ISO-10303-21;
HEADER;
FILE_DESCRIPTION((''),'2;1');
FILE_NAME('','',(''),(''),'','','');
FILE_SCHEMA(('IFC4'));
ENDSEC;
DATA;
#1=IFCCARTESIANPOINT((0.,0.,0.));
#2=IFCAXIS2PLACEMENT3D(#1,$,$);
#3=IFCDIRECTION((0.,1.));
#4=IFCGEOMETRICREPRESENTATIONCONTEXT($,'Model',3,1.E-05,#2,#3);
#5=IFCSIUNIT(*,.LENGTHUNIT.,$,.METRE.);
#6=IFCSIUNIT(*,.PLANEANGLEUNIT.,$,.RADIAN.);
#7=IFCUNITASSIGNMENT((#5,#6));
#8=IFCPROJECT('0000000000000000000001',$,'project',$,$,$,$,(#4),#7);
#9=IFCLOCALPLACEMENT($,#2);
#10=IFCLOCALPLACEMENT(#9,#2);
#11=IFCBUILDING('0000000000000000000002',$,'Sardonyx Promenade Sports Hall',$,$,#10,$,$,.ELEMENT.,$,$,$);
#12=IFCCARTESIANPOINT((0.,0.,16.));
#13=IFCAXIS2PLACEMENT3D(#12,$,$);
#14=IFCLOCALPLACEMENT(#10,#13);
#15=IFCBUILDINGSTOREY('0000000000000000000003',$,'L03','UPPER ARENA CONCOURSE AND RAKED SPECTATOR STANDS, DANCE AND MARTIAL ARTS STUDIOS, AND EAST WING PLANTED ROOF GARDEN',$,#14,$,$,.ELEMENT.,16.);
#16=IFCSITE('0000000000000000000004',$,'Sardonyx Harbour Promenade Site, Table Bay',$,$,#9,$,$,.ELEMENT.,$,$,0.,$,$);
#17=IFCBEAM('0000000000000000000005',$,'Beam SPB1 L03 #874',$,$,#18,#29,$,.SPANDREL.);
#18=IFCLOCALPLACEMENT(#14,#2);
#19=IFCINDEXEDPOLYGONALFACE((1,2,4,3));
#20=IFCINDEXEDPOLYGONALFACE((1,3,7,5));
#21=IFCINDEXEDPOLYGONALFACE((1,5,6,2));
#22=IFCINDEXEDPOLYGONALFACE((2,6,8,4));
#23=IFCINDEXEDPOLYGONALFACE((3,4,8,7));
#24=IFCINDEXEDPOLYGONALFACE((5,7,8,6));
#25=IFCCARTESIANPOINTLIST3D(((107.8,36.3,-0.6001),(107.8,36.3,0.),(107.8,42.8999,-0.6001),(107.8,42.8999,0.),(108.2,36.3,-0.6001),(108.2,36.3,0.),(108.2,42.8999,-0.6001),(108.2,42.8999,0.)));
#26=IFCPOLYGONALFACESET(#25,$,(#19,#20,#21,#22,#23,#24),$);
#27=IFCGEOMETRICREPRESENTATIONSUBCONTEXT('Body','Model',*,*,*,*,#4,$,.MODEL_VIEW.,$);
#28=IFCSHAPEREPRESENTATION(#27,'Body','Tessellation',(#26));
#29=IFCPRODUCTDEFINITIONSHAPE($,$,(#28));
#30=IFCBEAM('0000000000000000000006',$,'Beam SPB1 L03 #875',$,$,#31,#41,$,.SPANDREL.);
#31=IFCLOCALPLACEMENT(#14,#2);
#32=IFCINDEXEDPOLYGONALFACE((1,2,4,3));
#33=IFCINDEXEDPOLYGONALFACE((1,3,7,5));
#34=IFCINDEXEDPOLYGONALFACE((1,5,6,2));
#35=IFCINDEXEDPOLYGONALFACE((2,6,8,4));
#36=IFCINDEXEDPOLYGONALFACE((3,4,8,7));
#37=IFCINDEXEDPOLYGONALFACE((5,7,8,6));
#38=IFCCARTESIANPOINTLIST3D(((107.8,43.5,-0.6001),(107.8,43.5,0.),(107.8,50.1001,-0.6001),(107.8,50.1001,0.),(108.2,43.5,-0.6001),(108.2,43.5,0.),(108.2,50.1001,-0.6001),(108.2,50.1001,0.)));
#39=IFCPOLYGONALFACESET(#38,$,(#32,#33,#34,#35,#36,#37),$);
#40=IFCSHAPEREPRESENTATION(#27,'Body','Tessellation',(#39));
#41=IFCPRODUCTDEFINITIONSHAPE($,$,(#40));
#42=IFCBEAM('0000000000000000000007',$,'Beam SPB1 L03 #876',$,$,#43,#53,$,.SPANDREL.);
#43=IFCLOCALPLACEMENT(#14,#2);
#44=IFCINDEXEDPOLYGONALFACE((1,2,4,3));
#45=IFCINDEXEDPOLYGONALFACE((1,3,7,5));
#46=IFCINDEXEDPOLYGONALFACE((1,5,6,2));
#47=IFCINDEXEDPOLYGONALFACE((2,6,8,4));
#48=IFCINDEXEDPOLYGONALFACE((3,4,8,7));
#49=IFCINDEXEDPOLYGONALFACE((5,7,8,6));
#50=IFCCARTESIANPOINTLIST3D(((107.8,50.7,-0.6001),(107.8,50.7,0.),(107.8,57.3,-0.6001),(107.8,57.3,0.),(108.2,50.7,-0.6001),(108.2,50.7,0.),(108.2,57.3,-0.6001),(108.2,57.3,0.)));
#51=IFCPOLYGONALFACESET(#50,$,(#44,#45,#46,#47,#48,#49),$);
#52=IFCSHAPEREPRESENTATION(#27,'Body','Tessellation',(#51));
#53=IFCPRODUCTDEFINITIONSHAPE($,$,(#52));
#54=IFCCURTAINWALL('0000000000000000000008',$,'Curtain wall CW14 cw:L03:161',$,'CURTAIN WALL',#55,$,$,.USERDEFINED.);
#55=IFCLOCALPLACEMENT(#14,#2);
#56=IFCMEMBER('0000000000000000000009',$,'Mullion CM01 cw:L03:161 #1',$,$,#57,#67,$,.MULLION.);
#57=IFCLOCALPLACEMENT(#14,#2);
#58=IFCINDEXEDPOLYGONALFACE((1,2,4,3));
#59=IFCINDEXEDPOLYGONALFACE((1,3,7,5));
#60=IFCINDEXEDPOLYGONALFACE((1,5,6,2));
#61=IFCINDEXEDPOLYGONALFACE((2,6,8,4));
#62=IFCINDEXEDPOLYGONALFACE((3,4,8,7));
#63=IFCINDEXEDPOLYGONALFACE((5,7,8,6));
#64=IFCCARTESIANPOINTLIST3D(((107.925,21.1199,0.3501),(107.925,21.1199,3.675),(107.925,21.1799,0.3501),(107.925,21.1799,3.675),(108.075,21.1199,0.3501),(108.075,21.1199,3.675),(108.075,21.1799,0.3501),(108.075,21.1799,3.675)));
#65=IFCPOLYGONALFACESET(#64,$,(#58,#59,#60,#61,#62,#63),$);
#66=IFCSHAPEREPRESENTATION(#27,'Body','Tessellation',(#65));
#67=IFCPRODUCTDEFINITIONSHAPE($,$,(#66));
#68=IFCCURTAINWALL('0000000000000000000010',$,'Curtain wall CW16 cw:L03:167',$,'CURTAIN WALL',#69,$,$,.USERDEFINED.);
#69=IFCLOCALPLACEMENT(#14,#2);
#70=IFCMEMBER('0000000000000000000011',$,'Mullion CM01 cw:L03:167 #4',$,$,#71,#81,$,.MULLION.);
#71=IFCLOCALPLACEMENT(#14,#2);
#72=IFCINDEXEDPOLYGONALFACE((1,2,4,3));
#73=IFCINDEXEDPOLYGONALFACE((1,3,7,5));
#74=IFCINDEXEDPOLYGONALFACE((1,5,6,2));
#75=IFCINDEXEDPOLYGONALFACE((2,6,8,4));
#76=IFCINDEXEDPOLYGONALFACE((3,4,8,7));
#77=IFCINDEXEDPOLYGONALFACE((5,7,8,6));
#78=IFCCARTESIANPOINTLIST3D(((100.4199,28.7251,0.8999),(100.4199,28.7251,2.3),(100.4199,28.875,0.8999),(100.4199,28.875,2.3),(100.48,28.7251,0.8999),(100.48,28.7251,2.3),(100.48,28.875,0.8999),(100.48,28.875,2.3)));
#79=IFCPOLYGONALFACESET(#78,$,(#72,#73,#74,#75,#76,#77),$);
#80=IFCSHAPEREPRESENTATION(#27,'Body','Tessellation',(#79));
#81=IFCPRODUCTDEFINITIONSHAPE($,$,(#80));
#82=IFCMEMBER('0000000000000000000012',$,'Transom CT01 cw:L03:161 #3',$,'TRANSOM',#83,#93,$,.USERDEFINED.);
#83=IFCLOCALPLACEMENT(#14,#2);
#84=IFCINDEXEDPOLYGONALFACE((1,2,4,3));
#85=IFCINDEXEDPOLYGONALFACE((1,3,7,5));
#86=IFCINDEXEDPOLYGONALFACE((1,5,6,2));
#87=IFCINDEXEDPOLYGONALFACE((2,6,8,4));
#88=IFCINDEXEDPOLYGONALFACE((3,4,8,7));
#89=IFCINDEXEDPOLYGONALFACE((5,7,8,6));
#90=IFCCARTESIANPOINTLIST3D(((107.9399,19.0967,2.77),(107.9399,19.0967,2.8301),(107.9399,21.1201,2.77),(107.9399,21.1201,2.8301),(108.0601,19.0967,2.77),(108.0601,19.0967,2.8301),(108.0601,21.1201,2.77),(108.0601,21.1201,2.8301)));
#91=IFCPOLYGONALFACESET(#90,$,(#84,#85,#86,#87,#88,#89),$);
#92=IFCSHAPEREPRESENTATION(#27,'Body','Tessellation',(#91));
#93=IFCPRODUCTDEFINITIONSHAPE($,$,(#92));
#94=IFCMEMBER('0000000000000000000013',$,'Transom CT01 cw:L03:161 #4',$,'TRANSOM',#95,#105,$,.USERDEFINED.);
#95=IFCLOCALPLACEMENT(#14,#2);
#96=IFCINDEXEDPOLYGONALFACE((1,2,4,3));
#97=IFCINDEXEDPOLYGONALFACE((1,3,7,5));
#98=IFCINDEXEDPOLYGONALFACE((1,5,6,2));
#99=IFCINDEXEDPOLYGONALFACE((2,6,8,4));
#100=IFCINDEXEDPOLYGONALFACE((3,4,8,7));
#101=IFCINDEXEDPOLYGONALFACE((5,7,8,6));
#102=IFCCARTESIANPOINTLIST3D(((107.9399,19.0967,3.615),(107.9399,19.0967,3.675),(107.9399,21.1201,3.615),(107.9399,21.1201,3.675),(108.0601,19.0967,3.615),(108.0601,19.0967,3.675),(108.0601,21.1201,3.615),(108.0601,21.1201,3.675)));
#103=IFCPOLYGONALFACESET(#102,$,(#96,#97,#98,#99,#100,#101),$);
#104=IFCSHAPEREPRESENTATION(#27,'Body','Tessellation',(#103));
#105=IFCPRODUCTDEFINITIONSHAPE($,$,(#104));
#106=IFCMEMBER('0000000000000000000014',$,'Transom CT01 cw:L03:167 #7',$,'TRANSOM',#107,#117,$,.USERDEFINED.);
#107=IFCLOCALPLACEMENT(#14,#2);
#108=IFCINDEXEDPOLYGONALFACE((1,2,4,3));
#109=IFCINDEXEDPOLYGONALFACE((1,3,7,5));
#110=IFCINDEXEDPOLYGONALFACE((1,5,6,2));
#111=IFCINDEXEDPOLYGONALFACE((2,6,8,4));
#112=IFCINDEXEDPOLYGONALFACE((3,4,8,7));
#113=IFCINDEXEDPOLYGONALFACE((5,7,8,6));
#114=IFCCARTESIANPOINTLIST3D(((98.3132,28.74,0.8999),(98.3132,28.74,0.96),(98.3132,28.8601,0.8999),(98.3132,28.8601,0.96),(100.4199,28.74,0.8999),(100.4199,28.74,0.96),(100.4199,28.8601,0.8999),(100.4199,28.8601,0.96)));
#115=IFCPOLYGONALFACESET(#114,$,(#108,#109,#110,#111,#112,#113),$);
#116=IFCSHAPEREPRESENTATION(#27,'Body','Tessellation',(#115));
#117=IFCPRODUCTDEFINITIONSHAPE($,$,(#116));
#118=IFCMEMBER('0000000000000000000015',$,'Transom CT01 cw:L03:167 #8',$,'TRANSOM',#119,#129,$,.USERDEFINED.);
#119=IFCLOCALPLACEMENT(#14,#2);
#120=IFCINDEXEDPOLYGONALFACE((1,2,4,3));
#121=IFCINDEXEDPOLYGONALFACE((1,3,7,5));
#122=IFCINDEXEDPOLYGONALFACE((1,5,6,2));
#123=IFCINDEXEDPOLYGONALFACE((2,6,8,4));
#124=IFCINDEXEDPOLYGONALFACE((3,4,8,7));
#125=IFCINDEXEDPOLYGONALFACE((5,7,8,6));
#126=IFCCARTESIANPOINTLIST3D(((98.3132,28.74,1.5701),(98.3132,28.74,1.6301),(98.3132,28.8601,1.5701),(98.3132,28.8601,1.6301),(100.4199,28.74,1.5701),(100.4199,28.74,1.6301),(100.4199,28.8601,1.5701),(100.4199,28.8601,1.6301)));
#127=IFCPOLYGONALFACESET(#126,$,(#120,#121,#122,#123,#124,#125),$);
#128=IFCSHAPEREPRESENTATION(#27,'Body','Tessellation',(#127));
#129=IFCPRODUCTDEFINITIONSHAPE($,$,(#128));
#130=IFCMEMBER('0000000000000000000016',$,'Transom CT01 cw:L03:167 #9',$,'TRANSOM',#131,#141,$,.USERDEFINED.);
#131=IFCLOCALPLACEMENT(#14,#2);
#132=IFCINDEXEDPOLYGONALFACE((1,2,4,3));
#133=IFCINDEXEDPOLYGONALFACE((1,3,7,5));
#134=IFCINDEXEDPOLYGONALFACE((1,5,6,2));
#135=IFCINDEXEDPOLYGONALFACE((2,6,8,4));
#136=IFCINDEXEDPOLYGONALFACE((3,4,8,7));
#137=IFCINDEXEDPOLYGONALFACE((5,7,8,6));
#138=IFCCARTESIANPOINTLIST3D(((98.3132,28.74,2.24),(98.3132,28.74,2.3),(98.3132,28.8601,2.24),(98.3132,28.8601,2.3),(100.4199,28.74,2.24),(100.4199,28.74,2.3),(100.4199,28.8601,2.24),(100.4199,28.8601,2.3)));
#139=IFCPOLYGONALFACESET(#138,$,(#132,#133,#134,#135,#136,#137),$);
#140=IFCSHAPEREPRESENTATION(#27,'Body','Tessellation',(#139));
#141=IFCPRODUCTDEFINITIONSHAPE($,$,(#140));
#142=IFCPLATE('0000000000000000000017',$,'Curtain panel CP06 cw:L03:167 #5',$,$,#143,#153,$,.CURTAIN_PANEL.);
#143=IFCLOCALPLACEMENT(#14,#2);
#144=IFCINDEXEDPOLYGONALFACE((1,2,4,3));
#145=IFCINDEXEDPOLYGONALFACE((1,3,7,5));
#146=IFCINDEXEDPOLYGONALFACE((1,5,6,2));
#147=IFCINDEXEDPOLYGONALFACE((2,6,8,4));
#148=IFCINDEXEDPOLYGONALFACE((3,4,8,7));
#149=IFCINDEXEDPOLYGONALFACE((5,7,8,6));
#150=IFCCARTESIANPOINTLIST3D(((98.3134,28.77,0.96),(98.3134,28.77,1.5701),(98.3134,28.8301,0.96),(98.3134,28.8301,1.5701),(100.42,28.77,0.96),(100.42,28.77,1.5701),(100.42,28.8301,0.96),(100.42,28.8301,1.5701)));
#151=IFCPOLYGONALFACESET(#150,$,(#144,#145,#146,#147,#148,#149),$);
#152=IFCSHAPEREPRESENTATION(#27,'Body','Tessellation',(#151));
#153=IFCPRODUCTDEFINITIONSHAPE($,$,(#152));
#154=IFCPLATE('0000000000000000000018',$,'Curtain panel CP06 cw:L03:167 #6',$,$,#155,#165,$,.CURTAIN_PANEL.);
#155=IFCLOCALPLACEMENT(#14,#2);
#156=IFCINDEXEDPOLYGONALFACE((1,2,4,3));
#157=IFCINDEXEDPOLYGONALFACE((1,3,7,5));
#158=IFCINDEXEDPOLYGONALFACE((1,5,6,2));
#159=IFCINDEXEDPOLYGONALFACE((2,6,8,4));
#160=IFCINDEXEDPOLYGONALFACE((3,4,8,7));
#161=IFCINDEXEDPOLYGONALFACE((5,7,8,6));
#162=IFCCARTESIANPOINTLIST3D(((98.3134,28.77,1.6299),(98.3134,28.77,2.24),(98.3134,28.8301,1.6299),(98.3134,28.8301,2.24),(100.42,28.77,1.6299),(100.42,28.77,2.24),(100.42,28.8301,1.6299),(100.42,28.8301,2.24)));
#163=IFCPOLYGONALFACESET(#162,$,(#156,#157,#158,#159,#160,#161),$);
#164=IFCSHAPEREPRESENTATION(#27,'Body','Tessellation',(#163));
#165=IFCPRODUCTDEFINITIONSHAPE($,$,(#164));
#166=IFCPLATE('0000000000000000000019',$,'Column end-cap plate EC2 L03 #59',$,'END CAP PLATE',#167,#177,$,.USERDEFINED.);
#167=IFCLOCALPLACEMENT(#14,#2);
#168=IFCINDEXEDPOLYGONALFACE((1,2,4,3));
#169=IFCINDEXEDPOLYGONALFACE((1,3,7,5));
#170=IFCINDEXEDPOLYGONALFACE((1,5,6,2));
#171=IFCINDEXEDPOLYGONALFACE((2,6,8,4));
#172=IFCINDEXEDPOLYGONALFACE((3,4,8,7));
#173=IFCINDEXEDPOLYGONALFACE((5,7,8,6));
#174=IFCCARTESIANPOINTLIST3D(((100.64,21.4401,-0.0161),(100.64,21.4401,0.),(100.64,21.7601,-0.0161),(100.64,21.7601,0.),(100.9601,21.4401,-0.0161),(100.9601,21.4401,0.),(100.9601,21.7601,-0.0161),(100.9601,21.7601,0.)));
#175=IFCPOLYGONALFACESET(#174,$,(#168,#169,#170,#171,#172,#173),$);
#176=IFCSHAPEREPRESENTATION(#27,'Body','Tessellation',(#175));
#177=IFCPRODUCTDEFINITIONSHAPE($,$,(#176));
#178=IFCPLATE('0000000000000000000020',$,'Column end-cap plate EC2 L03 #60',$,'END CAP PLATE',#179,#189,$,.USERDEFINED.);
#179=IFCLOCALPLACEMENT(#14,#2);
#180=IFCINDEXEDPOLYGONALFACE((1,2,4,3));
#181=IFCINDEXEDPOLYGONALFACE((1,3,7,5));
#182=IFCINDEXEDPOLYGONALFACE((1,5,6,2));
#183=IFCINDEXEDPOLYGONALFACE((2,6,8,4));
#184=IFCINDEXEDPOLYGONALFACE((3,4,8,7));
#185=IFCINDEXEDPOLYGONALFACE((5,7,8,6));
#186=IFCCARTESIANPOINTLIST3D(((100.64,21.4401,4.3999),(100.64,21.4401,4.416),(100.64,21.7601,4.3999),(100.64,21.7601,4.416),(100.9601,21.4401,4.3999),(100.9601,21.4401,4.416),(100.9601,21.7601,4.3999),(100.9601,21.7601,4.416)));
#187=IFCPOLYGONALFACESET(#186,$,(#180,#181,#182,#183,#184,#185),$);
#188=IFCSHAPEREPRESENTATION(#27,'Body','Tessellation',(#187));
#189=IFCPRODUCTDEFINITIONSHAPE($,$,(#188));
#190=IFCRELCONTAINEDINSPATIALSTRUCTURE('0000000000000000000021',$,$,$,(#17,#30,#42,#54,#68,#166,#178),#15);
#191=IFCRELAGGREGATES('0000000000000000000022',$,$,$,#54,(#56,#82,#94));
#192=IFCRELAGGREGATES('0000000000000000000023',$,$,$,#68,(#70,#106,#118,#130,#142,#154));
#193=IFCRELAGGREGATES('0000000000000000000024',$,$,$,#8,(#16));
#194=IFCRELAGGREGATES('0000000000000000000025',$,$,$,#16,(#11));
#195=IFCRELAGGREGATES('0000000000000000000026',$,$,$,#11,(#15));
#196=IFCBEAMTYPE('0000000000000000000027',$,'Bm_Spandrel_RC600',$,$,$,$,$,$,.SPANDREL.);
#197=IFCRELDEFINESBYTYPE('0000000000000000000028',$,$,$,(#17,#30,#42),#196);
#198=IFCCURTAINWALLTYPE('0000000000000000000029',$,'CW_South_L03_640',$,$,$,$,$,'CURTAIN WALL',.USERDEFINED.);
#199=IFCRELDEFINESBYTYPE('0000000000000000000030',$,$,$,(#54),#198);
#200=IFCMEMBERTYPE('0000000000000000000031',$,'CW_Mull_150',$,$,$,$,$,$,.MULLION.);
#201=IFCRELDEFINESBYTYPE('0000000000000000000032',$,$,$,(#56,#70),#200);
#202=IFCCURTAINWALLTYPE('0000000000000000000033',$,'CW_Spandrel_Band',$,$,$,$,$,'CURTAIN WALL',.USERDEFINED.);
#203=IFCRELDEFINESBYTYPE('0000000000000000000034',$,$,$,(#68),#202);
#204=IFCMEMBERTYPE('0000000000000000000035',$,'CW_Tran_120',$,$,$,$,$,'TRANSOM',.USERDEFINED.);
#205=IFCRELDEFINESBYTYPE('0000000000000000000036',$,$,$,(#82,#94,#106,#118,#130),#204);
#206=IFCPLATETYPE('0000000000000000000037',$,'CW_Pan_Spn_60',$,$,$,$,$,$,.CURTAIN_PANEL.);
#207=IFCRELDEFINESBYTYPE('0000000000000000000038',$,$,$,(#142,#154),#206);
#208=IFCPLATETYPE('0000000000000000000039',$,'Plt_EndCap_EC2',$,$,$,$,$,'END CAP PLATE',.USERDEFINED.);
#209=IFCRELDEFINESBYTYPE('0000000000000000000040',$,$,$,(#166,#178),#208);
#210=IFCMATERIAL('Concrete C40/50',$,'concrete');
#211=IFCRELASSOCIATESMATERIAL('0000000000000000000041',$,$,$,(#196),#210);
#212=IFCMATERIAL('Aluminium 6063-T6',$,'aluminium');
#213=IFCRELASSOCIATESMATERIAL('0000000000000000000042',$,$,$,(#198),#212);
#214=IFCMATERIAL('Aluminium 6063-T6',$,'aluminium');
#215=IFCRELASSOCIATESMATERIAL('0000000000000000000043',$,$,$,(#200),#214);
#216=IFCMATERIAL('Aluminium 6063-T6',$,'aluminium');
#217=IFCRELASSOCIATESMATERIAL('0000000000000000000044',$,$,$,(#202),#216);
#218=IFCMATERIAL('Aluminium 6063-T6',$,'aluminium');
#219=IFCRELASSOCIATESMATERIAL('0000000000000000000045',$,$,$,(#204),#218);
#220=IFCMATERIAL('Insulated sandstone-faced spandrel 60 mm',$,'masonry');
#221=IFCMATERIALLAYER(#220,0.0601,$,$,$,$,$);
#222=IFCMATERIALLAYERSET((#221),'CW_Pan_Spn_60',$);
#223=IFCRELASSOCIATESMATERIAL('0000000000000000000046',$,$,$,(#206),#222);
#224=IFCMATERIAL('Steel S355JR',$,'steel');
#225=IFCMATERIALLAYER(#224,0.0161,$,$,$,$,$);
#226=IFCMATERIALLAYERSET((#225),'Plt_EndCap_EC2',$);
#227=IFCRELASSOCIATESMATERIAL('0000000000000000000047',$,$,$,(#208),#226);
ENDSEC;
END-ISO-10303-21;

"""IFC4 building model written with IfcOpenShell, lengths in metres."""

from ifc_helpers import new_model, si_unit, direction, frame, origin, origin_2d, place, context, subcontext, project, spatial, rectangle, extrude, material, layer, layer_set, material_profile, profile_set, type_object, element, aggregate, save


model = new_model("IFC4")

# Units and contexts
model_context = context("Model", 3, precision=1e-05, world=origin(), true_north=direction((0.0, 1.0)))
body_context = subcontext(model_context, "Body", "Model", "MODEL_VIEW")
ifc_project = project(units=[si_unit("LENGTHUNIT", "METRE"), si_unit("PLANEANGLEUNIT", "RADIAN")], contexts=[model_context])

# Site, building, storey
site_placement = place(None, origin())
site = spatial("IfcSite", under=ifc_project, at=site_placement, Name="Sardonyx Harbour Promenade Site, Table Bay", CompositionType="ELEMENT", RefElevation=0.0)
building_placement = place(site_placement, origin())
building = spatial("IfcBuilding", under=site, at=building_placement, Name="Sardonyx Promenade Sports Hall", CompositionType="ELEMENT")
storey_placement = place(building_placement, frame((0.0, 0.0, 16.0)))
storey = spatial("IfcBuildingStorey", under=building, at=storey_placement, Name="L03", Description="UPPER ARENA CONCOURSE AND RAKED SPECTATOR STANDS, DANCE AND MARTIAL ARTS STUDIOS, AND EAST WING PLANTED ROOF GARDEN", CompositionType="ELEMENT", Elevation=16.0)

# Beams
ifc_material_1 = material(Name="Concrete C40/50", Category="concrete")
ifc_material_profile_1 = material_profile(ifc_material_1, rectangle(XDim=0.3999, YDim=0.6001, at=origin_2d()))
ifc_profile_set_1 = profile_set([ifc_material_profile_1], Name="Concrete C40/50")
beam_type_1 = type_object("IfcBeamType", Name="Bm_Spandrel_RC600", PredefinedType="SPANDREL", material=ifc_profile_set_1)
beam_1_placement = place(storey_placement, frame((108.0, 36.3, -0.3), z_axis=(0.0, 1.0, 0.0), x_axis=(-1.0, 0.0, 0.0)))
element("IfcBeam", 1, at=beam_1_placement, inside=storey, type_object=beam_type_1, Name="Beam SPB1 L03 #874", PredefinedType="SPANDREL", context=body_context, shape_type="SweptSolid", body=[
    extrude(rectangle(XDim=0.3999, YDim=0.6001, at=origin_2d()), origin(), (0.0, 0.0, 1.0), 6.5999),
])
for number, where, z_axis, x_axis, name in (
    (2, (108.0, 43.5, -0.3), (0.0, 1.0, 0.0), (-1.0, 0.0, 0.0), "Beam SPB1 L03 #875"),
    (3, (108.0, 50.7, -0.3), (0.0, 1.0, 0.0), (-1.0, 0.0, 0.0), "Beam SPB1 L03 #876"),
):
    element("IfcBeam", number, at=place(storey_placement, frame(where, z_axis=z_axis, x_axis=x_axis)), inside=storey, type_object=beam_type_1, Name=name, PredefinedType="SPANDREL", context=body_context, shape_type="SweptSolid", body=[
        extrude(rectangle(XDim=0.3999, YDim=0.6001, at=origin_2d()), origin(), (0.0, 0.0, 1.0), 6.6001),
    ])

# Curtain walls, members
ifc_material_2 = material(Name="Aluminium 6063-T6", Category="aluminium")
curtain_wall_type_1 = type_object("IfcCurtainWallType", Name="CW_South_L03_640", ElementType="CURTAIN WALL", PredefinedType="USERDEFINED", material=ifc_material_2)
curtain_wall_1_placement = place(storey_placement, origin())
curtain_wall_1 = element("IfcCurtainWall", 4, at=curtain_wall_1_placement, inside=storey, type_object=curtain_wall_type_1, Name="Curtain wall CW14 cw:L03:161", ObjectType="CURTAIN WALL", PredefinedType="USERDEFINED")
ifc_material_3 = material(Name="Aluminium 6063-T6", Category="aluminium")
ifc_material_profile_2 = material_profile(ifc_material_3, rectangle(XDim=0.0601, YDim=0.1499, at=origin_2d()))
ifc_profile_set_2 = profile_set([ifc_material_profile_2], Name="Aluminium 6063-T6")
member_type_1 = type_object("IfcMemberType", Name="CW_Mull_150", PredefinedType="MULLION", material=ifc_profile_set_2)
member_1_placement = place(storey_placement, frame((108.0, 21.1499, 0.3501), z_axis=(0.0, 0.0, 1.0), x_axis=(0.0, -1.0, 0.0)))
member_1 = element("IfcMember", 5, at=member_1_placement, type_object=member_type_1, Name="Mullion CM01 cw:L03:161 #1", PredefinedType="MULLION", context=body_context, shape_type="SweptSolid", body=[
    extrude(rectangle(XDim=0.0601, YDim=0.1499, at=origin_2d()), origin(), (0.0, 0.0, 1.0), 3.325),
])
ifc_material_4 = material(Name="Aluminium 6063-T6", Category="aluminium")
curtain_wall_type_2 = type_object("IfcCurtainWallType", Name="CW_Spandrel_Band", ElementType="CURTAIN WALL", PredefinedType="USERDEFINED", material=ifc_material_4)
curtain_wall_2_placement = place(storey_placement, origin())
curtain_wall_2 = element("IfcCurtainWall", 6, at=curtain_wall_2_placement, inside=storey, type_object=curtain_wall_type_2, Name="Curtain wall CW16 cw:L03:167", ObjectType="CURTAIN WALL", PredefinedType="USERDEFINED")
member_2_placement = place(storey_placement, frame((100.45, 28.8, 0.8999), z_axis=(0.0, 0.0, 1.0), x_axis=(1.0, 0.0, 0.0)))
member_2 = element("IfcMember", 7, at=member_2_placement, type_object=member_type_1, Name="Mullion CM01 cw:L03:167 #4", PredefinedType="MULLION", context=body_context, shape_type="SweptSolid", body=[
    extrude(rectangle(XDim=0.0601, YDim=0.1499, at=origin_2d()), origin(), (0.0, 0.0, 1.0), 1.4001),
])

# Members
ifc_material_5 = material(Name="Aluminium 6063-T6", Category="aluminium")
ifc_material_profile_3 = material_profile(ifc_material_5, rectangle(XDim=0.0601, YDim=0.1201, at=origin_2d()))
ifc_profile_set_3 = profile_set([ifc_material_profile_3], Name="Aluminium 6063-T6")
member_type_2 = type_object("IfcMemberType", Name="CW_Tran_120", ElementType="TRANSOM", PredefinedType="USERDEFINED", material=ifc_profile_set_3)
member_3_placement = place(storey_placement, frame((108.0, 21.1201, 2.8), z_axis=(0.0, -1.0, 0.0), x_axis=(0.0, 0.0, 1.0)))
member_3 = element("IfcMember", 8, at=member_3_placement, type_object=member_type_2, Name="Transom CT01 cw:L03:161 #3", ObjectType="TRANSOM", PredefinedType="USERDEFINED", context=body_context, shape_type="SweptSolid", body=[
    extrude(rectangle(XDim=0.0601, YDim=0.1201, at=origin_2d()), origin(), (0.0, 0.0, 1.0), 2.0234),
])
member_4_placement = place(storey_placement, frame((108.0, 21.1201, 3.645), z_axis=(0.0, -1.0, 0.0), x_axis=(0.0, 0.0, 1.0)))
member_4 = element("IfcMember", 9, at=member_4_placement, type_object=member_type_2, Name="Transom CT01 cw:L03:161 #4", ObjectType="TRANSOM", PredefinedType="USERDEFINED", context=body_context, shape_type="SweptSolid", body=[
    extrude(rectangle(XDim=0.0601, YDim=0.1201, at=origin_2d()), origin(), (0.0, 0.0, 1.0), 2.0234),
])
aggregate(curtain_wall_1, [member_1, member_3, member_4])
member_5_placement = place(storey_placement, frame((98.3132, 28.8, 0.9299), z_axis=(1.0, 0.0, 0.0), x_axis=(0.0, 0.0, 1.0)))
member_5 = element("IfcMember", 10, at=member_5_placement, type_object=member_type_2, Name="Transom CT01 cw:L03:167 #7", ObjectType="TRANSOM", PredefinedType="USERDEFINED", context=body_context, shape_type="SweptSolid", body=[
    extrude(rectangle(XDim=0.0601, YDim=0.1201, at=origin_2d()), origin(), (0.0, 0.0, 1.0), 2.1067),
])
member_6_placement = place(storey_placement, frame((98.3132, 28.8, 1.6001), z_axis=(1.0, 0.0, 0.0), x_axis=(0.0, 0.0, 1.0)))
member_6 = element("IfcMember", 11, at=member_6_placement, type_object=member_type_2, Name="Transom CT01 cw:L03:167 #8", ObjectType="TRANSOM", PredefinedType="USERDEFINED", context=body_context, shape_type="SweptSolid", body=[
    extrude(rectangle(XDim=0.0601, YDim=0.1201, at=origin_2d()), origin(), (0.0, 0.0, 1.0), 2.1067),
])
member_7_placement = place(storey_placement, frame((98.3132, 28.8, 2.27), z_axis=(1.0, 0.0, 0.0), x_axis=(0.0, 0.0, 1.0)))
member_7 = element("IfcMember", 12, at=member_7_placement, type_object=member_type_2, Name="Transom CT01 cw:L03:167 #9", ObjectType="TRANSOM", PredefinedType="USERDEFINED", context=body_context, shape_type="SweptSolid", body=[
    extrude(rectangle(XDim=0.0601, YDim=0.1201, at=origin_2d()), origin(), (0.0, 0.0, 1.0), 2.1067),
])

# Plates
ifc_material_6 = material(Name="Insulated sandstone-faced spandrel 60 mm", Category="masonry")
ifc_layer_1 = layer(ifc_material_6, 0.0601)
ifc_layer_set_1 = layer_set([ifc_layer_1], Name="CW_Pan_Spn_60")
plate_type_1 = type_object("IfcPlateType", Name="CW_Pan_Spn_60", PredefinedType="CURTAIN_PANEL", material=ifc_layer_set_1)
plate_1_placement = place(storey_placement, frame((99.3667, 28.8, 0.96), z_axis=(0.0, 0.0, 1.0), x_axis=(1.0, 0.0, 0.0)))
plate_1 = element("IfcPlate", 13, at=plate_1_placement, type_object=plate_type_1, Name="Curtain panel CP06 cw:L03:167 #5", PredefinedType="CURTAIN_PANEL", context=body_context, shape_type="SweptSolid", body=[
    extrude(rectangle(XDim=2.1067, YDim=0.0601, at=origin_2d()), origin(), (0.0, 0.0, 1.0), 0.6101),
])
plate_2_placement = place(storey_placement, frame((99.3667, 28.8, 1.6299), z_axis=(0.0, 0.0, 1.0), x_axis=(1.0, 0.0, 0.0)))
plate_2 = element("IfcPlate", 14, at=plate_2_placement, type_object=plate_type_1, Name="Curtain panel CP06 cw:L03:167 #6", PredefinedType="CURTAIN_PANEL", context=body_context, shape_type="SweptSolid", body=[
    extrude(rectangle(XDim=2.1067, YDim=0.0601, at=origin_2d()), origin(), (0.0, 0.0, 1.0), 0.6101),
])
aggregate(curtain_wall_2, [member_2, member_5, member_6, member_7, plate_1, plate_2])

# Plates
ifc_material_7 = material(Name="Steel S355JR", Category="steel")
ifc_layer_2 = layer(ifc_material_7, 0.0161)
ifc_layer_set_2 = layer_set([ifc_layer_2], Name="Plt_EndCap_EC2")
plate_type_2 = type_object("IfcPlateType", Name="Plt_EndCap_EC2", ElementType="END CAP PLATE", PredefinedType="USERDEFINED", material=ifc_layer_set_2)
for number, where, z_axis, x_axis, name in (
    (15, (100.8, 21.6001, -0.0161), (0.0, 0.0, 1.0), (1.0, 0.0, 0.0), "Column end-cap plate EC2 L03 #59"),
    (16, (100.8, 21.6001, 4.3999), (0.0, 0.0, 1.0), (1.0, 0.0, 0.0), "Column end-cap plate EC2 L03 #60"),
):
    element("IfcPlate", number, at=place(storey_placement, frame(where, z_axis=z_axis, x_axis=x_axis)), inside=storey, type_object=plate_type_2, Name=name, ObjectType="END CAP PLATE", PredefinedType="USERDEFINED", context=body_context, shape_type="SweptSolid", body=[
        extrude(rectangle(XDim=0.3201, YDim=0.3201, at=origin_2d()), origin(), (0.0, 0.0, 1.0), 0.0161),
    ])

save(model, "model.ifc")
